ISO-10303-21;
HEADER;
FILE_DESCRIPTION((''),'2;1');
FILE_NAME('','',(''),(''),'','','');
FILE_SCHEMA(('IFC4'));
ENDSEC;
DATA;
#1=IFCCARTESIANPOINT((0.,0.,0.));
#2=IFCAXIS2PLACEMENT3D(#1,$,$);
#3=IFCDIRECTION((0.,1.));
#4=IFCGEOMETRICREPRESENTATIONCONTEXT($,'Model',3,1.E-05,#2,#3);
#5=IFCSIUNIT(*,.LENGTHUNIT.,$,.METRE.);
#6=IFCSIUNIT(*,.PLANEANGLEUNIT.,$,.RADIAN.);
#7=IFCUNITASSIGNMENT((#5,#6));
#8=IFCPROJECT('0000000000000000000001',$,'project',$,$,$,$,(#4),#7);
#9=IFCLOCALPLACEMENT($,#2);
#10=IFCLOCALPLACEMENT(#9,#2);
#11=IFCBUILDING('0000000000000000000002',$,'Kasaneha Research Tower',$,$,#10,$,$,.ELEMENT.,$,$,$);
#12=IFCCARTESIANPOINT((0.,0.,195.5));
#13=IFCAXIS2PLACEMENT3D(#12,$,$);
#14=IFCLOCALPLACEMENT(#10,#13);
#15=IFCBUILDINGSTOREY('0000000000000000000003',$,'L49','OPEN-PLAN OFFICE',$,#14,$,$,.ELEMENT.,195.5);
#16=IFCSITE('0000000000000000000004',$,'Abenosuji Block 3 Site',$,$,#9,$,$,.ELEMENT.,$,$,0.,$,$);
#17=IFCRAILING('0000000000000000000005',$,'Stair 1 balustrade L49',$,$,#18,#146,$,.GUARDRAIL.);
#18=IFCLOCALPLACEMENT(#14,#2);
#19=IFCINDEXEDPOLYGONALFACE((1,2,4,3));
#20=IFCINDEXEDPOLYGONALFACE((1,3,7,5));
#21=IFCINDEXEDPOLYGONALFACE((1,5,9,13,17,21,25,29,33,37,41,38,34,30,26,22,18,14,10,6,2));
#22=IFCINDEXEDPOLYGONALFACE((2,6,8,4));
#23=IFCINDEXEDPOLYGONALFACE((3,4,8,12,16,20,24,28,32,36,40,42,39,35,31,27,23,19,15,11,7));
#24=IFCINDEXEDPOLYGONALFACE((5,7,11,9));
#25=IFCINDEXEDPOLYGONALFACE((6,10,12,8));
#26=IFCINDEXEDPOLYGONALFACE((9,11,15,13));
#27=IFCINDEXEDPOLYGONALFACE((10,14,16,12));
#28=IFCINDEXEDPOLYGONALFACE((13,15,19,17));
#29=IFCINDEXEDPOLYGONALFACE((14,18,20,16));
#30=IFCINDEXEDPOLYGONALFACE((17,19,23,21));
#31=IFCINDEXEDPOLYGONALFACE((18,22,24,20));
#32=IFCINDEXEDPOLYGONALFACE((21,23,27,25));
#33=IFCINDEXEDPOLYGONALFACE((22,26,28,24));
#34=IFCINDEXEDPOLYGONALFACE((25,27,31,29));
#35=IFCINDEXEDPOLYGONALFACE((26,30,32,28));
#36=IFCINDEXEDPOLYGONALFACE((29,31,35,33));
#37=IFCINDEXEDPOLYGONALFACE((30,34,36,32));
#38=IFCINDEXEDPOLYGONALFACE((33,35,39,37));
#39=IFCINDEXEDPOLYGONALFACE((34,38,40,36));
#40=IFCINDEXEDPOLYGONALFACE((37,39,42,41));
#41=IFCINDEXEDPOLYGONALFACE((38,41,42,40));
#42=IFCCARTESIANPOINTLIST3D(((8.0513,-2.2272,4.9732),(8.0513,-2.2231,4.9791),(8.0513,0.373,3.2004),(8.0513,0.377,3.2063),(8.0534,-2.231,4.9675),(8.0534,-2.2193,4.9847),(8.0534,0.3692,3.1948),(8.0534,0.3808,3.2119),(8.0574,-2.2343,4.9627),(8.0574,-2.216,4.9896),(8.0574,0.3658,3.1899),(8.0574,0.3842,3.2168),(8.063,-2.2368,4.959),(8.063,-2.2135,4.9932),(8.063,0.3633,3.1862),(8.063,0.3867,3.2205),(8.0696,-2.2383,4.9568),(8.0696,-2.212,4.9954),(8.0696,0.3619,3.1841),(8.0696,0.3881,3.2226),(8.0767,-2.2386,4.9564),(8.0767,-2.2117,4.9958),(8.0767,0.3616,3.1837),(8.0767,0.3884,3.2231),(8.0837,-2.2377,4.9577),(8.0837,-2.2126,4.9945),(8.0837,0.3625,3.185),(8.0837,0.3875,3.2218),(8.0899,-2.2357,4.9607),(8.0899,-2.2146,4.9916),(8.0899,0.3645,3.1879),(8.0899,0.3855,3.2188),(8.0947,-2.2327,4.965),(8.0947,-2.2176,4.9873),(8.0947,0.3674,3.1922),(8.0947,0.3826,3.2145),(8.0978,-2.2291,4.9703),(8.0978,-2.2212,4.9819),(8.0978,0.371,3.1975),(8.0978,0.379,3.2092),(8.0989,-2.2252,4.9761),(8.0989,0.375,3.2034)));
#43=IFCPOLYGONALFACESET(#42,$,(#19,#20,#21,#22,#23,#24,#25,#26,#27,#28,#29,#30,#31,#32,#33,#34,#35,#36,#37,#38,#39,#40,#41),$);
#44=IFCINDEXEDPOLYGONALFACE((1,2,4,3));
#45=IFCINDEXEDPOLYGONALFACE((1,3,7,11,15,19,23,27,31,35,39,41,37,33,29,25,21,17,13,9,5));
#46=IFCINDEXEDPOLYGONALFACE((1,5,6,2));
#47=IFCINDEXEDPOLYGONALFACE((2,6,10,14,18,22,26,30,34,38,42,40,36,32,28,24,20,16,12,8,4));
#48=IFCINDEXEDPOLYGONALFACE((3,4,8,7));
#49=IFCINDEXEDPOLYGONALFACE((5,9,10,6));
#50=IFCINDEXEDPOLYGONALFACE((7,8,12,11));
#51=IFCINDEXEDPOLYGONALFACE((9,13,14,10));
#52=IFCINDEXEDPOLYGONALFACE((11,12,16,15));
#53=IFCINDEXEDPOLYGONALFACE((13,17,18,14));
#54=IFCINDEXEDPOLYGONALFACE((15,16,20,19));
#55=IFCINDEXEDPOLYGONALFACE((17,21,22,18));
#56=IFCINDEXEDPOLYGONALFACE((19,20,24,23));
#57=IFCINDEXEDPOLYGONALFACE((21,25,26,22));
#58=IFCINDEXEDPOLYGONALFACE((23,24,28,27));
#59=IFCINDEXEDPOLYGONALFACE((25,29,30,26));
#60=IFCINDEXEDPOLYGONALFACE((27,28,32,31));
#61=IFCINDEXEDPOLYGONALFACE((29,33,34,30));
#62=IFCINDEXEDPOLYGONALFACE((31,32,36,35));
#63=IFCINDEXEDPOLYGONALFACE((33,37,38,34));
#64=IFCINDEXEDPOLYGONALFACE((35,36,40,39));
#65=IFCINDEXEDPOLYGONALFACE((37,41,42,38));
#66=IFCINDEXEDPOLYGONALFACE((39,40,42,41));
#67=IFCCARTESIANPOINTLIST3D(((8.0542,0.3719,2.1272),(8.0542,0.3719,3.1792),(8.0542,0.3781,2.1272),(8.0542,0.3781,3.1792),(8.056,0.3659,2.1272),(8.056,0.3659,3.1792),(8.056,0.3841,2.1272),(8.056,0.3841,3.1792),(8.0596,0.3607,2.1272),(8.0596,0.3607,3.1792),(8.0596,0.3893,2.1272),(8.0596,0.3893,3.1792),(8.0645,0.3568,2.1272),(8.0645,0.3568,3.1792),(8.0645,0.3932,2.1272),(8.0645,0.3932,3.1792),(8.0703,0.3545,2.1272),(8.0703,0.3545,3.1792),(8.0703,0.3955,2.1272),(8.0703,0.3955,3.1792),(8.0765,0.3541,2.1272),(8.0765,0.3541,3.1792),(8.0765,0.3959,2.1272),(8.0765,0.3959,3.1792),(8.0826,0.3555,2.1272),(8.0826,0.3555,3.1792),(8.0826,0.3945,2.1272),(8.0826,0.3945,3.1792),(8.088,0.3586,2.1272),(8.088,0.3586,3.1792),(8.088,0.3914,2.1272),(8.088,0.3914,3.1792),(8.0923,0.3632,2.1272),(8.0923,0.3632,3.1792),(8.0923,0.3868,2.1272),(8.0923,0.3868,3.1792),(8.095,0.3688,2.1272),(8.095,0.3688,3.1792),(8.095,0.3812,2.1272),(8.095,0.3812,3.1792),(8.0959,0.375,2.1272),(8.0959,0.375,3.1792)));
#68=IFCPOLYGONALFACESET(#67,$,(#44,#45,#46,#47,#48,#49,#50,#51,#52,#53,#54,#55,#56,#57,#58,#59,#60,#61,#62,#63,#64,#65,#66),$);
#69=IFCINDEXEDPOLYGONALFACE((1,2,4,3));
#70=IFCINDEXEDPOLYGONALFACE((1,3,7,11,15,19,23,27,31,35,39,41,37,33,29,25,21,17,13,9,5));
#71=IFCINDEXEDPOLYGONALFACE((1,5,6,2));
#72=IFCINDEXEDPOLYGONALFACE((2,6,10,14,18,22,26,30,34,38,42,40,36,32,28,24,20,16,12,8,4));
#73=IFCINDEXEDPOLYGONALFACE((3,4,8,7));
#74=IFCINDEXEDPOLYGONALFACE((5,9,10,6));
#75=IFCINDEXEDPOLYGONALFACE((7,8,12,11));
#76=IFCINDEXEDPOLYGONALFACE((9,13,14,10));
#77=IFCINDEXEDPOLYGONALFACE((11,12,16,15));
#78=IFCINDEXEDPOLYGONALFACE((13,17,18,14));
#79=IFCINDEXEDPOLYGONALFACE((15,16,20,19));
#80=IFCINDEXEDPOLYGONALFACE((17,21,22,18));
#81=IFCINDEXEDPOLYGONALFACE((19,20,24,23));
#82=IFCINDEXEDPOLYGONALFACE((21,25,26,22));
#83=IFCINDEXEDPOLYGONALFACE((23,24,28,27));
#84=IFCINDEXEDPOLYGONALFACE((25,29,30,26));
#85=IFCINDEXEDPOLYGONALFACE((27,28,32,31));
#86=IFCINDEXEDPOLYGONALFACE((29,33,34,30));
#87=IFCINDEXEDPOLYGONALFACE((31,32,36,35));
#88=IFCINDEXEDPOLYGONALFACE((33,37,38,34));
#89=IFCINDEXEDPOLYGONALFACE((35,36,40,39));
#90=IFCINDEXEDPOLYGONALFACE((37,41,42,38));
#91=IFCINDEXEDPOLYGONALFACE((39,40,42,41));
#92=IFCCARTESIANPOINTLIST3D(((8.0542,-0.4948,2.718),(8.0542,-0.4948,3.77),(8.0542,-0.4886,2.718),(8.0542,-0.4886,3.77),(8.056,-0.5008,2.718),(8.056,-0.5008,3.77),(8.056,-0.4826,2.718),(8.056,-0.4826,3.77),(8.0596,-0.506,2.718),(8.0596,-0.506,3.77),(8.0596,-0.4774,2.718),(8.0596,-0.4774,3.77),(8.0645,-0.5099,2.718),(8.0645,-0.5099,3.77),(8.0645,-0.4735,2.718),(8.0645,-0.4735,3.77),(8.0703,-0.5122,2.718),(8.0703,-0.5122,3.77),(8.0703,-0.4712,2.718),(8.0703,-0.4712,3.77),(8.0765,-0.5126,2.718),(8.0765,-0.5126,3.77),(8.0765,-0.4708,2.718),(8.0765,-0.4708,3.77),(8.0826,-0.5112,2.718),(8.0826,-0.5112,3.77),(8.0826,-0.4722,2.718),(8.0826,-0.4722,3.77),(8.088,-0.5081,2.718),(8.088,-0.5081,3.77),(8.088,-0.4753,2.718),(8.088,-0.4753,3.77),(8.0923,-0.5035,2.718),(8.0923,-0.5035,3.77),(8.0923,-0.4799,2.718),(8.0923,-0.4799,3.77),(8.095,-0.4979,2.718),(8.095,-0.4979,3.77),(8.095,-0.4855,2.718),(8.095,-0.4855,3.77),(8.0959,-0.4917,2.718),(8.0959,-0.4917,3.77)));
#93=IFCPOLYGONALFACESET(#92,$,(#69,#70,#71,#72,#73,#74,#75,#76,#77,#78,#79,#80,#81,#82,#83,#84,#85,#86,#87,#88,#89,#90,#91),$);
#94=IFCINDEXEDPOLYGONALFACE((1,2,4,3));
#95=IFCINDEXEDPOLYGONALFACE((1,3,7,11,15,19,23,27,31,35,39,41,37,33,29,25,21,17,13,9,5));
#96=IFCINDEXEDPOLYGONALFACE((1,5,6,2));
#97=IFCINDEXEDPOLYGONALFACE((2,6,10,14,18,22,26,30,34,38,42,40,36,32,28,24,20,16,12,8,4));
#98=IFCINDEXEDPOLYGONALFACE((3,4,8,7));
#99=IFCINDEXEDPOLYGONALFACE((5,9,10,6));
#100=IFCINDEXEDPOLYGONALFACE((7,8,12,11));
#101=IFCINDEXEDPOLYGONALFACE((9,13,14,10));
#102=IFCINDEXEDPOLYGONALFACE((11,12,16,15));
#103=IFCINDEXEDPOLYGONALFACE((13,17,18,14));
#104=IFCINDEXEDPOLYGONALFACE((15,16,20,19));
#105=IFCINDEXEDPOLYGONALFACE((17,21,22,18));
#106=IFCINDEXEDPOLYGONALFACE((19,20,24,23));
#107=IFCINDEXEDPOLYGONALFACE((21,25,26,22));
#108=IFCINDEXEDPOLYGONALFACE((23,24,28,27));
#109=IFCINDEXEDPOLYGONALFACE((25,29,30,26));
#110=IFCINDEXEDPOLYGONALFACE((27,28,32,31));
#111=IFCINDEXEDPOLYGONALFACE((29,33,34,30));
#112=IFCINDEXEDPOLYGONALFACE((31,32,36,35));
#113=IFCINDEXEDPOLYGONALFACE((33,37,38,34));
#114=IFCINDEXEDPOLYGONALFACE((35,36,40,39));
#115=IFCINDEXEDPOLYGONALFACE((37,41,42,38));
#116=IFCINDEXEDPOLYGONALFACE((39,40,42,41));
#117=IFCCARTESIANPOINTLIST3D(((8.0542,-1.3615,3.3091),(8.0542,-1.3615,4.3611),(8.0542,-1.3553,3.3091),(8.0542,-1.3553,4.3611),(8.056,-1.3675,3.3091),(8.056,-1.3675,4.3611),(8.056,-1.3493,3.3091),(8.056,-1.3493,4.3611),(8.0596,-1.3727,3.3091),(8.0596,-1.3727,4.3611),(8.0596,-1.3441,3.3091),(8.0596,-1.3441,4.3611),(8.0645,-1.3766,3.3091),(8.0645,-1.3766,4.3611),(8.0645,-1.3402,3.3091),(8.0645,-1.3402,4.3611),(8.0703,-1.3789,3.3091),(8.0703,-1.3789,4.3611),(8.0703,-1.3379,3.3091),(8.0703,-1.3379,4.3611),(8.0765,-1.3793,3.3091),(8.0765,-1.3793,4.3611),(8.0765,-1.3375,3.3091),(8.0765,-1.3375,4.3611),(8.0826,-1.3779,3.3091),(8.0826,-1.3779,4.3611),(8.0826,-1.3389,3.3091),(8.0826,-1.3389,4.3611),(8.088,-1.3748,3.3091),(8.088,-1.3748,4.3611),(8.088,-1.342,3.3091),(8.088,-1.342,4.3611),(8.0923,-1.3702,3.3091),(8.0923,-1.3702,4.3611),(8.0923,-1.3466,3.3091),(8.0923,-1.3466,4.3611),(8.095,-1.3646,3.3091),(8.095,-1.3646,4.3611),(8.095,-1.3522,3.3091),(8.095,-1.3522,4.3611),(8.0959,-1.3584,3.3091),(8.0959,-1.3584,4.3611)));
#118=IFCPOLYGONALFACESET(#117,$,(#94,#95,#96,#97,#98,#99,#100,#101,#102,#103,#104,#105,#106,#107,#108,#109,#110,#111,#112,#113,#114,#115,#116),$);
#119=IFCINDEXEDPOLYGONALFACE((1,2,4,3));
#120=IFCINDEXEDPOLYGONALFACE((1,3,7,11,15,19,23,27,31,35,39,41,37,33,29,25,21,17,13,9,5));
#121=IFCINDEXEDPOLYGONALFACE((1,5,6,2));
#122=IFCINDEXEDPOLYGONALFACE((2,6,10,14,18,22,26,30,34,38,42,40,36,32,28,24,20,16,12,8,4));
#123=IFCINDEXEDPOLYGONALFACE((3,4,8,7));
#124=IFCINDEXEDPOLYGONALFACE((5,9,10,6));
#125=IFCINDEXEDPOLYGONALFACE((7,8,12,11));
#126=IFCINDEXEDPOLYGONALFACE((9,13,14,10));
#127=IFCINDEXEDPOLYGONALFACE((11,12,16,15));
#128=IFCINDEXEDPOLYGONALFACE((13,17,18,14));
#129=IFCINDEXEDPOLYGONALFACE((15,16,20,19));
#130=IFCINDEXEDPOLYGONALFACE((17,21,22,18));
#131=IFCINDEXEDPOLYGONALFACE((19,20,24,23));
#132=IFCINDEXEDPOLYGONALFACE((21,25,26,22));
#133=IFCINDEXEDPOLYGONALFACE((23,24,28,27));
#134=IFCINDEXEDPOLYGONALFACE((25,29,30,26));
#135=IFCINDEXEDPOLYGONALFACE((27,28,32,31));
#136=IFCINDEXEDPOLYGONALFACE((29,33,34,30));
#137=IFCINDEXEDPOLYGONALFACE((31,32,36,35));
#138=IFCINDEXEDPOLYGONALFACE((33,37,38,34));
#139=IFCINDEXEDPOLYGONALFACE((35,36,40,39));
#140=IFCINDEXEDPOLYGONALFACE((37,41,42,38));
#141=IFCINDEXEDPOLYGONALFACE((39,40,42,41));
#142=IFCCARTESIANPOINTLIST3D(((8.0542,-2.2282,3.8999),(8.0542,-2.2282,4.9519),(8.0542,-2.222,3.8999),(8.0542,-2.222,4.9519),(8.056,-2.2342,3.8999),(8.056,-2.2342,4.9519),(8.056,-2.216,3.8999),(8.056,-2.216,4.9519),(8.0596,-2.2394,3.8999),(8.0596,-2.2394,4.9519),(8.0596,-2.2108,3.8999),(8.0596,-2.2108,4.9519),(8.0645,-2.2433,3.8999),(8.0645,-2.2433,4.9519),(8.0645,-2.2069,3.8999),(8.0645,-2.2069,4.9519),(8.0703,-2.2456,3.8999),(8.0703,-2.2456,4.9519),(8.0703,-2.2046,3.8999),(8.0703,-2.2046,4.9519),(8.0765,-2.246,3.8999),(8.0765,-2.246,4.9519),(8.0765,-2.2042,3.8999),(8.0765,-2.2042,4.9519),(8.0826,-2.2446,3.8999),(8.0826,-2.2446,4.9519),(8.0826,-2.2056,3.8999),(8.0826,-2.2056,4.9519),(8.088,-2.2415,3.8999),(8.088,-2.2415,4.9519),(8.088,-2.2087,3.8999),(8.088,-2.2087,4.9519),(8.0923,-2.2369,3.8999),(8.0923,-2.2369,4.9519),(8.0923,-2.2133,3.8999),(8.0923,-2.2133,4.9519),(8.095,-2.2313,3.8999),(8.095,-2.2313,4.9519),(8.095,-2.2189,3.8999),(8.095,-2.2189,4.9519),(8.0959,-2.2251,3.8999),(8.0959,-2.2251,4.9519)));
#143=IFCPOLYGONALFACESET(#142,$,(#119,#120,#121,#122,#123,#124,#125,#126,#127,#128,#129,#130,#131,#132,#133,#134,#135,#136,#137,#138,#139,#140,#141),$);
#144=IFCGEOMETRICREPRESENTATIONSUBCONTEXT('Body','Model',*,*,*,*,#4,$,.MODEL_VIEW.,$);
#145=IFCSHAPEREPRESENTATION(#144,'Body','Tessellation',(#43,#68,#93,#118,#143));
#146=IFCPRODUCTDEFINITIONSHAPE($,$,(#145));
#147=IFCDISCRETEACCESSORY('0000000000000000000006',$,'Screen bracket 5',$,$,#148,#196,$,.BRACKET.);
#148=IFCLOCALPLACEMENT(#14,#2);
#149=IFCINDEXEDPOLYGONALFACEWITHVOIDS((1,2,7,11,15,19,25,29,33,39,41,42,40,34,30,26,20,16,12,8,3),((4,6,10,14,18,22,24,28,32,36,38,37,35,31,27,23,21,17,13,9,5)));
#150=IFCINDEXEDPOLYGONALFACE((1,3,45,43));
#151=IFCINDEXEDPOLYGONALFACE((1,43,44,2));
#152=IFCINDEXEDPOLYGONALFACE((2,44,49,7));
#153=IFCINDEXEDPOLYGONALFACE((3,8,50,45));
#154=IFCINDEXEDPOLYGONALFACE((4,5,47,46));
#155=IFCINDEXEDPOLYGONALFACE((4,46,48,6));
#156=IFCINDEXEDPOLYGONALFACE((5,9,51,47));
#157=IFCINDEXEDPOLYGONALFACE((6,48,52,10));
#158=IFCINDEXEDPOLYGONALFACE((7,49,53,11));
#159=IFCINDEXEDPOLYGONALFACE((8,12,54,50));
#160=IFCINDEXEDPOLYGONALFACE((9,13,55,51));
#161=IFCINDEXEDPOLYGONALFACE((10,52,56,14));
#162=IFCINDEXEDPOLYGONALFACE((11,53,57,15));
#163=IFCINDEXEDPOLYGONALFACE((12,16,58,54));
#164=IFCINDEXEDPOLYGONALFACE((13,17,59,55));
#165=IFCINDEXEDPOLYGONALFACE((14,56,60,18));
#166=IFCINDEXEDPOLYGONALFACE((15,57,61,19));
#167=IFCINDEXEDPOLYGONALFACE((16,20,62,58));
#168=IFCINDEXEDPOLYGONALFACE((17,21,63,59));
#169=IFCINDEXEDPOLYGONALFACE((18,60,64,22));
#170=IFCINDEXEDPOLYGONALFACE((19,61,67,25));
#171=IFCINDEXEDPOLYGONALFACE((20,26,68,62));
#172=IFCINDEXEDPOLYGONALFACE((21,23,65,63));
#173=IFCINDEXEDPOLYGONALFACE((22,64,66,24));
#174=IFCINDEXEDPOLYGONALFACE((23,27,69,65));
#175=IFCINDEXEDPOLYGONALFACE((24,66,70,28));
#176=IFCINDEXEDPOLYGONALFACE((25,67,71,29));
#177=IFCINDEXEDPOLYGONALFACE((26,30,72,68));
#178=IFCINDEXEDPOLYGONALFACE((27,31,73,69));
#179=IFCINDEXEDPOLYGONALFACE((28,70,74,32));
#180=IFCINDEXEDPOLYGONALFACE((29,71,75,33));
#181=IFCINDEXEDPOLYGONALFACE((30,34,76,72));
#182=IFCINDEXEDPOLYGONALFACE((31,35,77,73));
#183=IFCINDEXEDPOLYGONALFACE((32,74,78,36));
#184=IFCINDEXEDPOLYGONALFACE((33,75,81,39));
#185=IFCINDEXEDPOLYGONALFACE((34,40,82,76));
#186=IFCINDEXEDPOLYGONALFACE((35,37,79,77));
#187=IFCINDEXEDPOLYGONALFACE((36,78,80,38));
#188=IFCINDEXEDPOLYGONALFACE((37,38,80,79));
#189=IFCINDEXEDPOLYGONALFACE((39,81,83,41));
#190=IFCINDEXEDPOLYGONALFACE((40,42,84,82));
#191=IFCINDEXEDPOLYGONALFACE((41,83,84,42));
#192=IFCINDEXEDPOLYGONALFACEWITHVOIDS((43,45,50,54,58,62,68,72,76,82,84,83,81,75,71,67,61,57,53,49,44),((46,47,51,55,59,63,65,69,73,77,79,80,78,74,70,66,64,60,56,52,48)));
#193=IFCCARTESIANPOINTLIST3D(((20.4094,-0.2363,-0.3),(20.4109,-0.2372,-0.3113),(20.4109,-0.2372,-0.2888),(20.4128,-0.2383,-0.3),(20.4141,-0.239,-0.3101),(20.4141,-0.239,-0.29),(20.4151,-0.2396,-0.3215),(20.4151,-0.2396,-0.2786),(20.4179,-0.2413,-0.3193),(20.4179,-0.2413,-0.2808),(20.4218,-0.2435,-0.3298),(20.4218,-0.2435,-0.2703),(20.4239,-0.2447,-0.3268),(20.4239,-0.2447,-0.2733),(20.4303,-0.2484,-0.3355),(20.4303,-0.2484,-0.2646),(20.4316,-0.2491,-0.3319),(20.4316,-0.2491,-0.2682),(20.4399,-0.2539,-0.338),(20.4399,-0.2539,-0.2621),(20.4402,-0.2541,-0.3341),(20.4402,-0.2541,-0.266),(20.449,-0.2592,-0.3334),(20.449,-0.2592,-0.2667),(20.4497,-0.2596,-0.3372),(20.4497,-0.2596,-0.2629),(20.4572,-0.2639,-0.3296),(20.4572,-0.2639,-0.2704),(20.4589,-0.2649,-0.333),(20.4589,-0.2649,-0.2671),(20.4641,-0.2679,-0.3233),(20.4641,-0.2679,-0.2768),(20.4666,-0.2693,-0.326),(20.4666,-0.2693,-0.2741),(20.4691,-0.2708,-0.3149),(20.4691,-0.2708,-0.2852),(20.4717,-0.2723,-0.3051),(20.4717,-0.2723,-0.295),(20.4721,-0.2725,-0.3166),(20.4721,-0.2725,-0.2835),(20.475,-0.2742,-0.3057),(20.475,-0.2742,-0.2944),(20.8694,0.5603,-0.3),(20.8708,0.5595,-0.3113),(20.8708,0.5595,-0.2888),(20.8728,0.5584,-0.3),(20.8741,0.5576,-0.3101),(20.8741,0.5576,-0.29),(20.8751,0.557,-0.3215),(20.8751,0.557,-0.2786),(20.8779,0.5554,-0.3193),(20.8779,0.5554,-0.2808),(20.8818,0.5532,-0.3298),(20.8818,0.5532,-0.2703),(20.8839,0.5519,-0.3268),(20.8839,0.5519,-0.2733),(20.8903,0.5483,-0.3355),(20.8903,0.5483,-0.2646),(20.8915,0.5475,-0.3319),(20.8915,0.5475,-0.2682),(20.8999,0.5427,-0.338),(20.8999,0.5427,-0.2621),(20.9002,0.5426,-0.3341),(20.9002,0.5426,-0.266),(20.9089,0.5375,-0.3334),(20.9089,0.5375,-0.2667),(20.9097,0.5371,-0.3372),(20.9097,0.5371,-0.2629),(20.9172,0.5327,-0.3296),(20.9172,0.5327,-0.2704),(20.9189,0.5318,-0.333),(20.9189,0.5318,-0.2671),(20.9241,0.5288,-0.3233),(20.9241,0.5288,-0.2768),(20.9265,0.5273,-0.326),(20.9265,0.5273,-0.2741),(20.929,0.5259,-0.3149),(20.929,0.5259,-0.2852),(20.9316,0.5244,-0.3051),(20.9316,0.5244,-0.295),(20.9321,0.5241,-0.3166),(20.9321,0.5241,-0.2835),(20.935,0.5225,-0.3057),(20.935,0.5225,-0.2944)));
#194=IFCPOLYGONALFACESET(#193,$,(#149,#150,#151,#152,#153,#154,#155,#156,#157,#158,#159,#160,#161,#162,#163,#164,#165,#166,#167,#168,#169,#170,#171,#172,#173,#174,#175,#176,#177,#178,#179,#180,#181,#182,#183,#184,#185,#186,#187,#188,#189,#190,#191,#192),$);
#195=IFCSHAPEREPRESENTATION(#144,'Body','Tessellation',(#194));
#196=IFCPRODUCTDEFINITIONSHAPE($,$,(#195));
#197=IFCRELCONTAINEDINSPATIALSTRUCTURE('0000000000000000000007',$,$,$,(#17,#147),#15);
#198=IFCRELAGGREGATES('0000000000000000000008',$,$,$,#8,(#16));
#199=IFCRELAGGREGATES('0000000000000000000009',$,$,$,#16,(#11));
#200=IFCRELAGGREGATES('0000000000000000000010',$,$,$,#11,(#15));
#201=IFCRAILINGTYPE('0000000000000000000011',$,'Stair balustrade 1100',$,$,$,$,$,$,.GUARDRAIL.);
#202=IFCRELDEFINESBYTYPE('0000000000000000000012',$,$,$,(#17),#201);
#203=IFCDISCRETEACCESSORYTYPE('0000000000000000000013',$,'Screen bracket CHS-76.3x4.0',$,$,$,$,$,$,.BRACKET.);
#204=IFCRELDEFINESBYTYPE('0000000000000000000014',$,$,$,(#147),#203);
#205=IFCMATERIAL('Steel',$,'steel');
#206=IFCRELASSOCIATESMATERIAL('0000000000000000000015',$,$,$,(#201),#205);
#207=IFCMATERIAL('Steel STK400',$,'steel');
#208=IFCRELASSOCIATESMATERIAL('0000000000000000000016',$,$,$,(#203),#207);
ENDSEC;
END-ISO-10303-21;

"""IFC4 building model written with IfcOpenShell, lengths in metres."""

from ifc_helpers import new_model, si_unit, direction, frame, origin, origin_2d, place, context, subcontext, project, spatial, circle, hollow_circle, extrude, material, material_profile, profile_set, type_object, element, save


model = new_model("IFC4")

# Units and contexts
model_context = context("Model", 3, precision=1e-05, world=origin(), true_north=direction((0.0, 1.0)))
body_context = subcontext(model_context, "Body", "Model", "MODEL_VIEW")
ifc_project = project(units=[si_unit("LENGTHUNIT", "METRE"), si_unit("PLANEANGLEUNIT", "RADIAN")], contexts=[model_context])

# Site, building, storey
site_placement = place(None, origin())
site = spatial("IfcSite", under=ifc_project, at=site_placement, Name="Abenosuji Block 3 Site", CompositionType="ELEMENT", RefElevation=0.0)
building_placement = place(site_placement, origin())
building = spatial("IfcBuilding", under=site, at=building_placement, Name="Kasaneha Research Tower", CompositionType="ELEMENT")
storey_placement = place(building_placement, frame((0.0, 0.0, 195.5)))
storey = spatial("IfcBuildingStorey", under=building, at=storey_placement, Name="L49", Description="OPEN-PLAN OFFICE", CompositionType="ELEMENT", Elevation=195.5)

# Railing
ifc_material_1 = material(Name="Steel", Category="steel")
railing_type = type_object("IfcRailingType", Name="Stair balustrade 1100", PredefinedType="GUARDRAIL", material=ifc_material_1)
railing_placement = place(storey_placement, frame((8.075, 0.375, 2.1272)))
element("IfcRailing", 1, at=railing_placement, inside=storey, type_object=railing_type, Name="Stair 1 balustrade L49", PredefinedType="GUARDRAIL", context=body_context, shape_type="SweptSolid", body=[
    extrude(circle(Radius=0.0239, at=origin_2d()), frame((0.0, 0.0, 1.0762), z_axis=(0.0, -0.82624, 0.563318), x_axis=(1.0, 0.0, 0.0)), (0.0, 0.0, 1.0), 3.147),
    extrude(circle(Radius=0.021, at=origin_2d()), origin(), (0.0, 0.0, 1.0), 1.052),
    extrude(circle(Radius=0.021, at=origin_2d()), frame((0.0, -0.8667, 0.5908)), (0.0, 0.0, 1.0), 1.052),
    extrude(circle(Radius=0.021, at=origin_2d()), frame((0.0, -1.7334, 1.1819)), (0.0, 0.0, 1.0), 1.052),
    extrude(circle(Radius=0.021, at=origin_2d()), frame((0.0, -2.6001, 1.7727)), (0.0, 0.0, 1.0), 1.052),
])

# Discrete accessory
ifc_material_2 = material(Name="Steel STK400", Category="steel")
ifc_material_profile_1 = material_profile(ifc_material_2, hollow_circle(Radius=0.0381, WallThickness=0.0039, at=origin_2d()), Name="CHS-76.3x4.0")
ifc_profile_set_1 = profile_set([ifc_material_profile_1], Name="Steel STK400")
discrete_accessory_type = type_object("IfcDiscreteAccessoryType", Name="Screen bracket CHS-76.3x4.0", PredefinedType="BRACKET", material=ifc_profile_set_1)
for number, where, z_axis, x_axis, name in (
    (2, (20.4424, -0.2554, -0.3), (0.500021, 0.866013, 0.0), (-0.866013, 0.500021, 0.0), "Screen bracket 5"),
):
    element("IfcDiscreteAccessory", number, at=place(storey_placement, frame(where, z_axis=z_axis, x_axis=x_axis)), inside=storey, type_object=discrete_accessory_type, Name=name, PredefinedType="BRACKET", context=body_context, shape_type="SweptSolid", body=[
        extrude(hollow_circle(Radius=0.0381, WallThickness=0.0039, at=origin_2d()), origin(), (0.0, 0.0, 1.0), 0.9199),
    ])

save(model, "model.ifc")
